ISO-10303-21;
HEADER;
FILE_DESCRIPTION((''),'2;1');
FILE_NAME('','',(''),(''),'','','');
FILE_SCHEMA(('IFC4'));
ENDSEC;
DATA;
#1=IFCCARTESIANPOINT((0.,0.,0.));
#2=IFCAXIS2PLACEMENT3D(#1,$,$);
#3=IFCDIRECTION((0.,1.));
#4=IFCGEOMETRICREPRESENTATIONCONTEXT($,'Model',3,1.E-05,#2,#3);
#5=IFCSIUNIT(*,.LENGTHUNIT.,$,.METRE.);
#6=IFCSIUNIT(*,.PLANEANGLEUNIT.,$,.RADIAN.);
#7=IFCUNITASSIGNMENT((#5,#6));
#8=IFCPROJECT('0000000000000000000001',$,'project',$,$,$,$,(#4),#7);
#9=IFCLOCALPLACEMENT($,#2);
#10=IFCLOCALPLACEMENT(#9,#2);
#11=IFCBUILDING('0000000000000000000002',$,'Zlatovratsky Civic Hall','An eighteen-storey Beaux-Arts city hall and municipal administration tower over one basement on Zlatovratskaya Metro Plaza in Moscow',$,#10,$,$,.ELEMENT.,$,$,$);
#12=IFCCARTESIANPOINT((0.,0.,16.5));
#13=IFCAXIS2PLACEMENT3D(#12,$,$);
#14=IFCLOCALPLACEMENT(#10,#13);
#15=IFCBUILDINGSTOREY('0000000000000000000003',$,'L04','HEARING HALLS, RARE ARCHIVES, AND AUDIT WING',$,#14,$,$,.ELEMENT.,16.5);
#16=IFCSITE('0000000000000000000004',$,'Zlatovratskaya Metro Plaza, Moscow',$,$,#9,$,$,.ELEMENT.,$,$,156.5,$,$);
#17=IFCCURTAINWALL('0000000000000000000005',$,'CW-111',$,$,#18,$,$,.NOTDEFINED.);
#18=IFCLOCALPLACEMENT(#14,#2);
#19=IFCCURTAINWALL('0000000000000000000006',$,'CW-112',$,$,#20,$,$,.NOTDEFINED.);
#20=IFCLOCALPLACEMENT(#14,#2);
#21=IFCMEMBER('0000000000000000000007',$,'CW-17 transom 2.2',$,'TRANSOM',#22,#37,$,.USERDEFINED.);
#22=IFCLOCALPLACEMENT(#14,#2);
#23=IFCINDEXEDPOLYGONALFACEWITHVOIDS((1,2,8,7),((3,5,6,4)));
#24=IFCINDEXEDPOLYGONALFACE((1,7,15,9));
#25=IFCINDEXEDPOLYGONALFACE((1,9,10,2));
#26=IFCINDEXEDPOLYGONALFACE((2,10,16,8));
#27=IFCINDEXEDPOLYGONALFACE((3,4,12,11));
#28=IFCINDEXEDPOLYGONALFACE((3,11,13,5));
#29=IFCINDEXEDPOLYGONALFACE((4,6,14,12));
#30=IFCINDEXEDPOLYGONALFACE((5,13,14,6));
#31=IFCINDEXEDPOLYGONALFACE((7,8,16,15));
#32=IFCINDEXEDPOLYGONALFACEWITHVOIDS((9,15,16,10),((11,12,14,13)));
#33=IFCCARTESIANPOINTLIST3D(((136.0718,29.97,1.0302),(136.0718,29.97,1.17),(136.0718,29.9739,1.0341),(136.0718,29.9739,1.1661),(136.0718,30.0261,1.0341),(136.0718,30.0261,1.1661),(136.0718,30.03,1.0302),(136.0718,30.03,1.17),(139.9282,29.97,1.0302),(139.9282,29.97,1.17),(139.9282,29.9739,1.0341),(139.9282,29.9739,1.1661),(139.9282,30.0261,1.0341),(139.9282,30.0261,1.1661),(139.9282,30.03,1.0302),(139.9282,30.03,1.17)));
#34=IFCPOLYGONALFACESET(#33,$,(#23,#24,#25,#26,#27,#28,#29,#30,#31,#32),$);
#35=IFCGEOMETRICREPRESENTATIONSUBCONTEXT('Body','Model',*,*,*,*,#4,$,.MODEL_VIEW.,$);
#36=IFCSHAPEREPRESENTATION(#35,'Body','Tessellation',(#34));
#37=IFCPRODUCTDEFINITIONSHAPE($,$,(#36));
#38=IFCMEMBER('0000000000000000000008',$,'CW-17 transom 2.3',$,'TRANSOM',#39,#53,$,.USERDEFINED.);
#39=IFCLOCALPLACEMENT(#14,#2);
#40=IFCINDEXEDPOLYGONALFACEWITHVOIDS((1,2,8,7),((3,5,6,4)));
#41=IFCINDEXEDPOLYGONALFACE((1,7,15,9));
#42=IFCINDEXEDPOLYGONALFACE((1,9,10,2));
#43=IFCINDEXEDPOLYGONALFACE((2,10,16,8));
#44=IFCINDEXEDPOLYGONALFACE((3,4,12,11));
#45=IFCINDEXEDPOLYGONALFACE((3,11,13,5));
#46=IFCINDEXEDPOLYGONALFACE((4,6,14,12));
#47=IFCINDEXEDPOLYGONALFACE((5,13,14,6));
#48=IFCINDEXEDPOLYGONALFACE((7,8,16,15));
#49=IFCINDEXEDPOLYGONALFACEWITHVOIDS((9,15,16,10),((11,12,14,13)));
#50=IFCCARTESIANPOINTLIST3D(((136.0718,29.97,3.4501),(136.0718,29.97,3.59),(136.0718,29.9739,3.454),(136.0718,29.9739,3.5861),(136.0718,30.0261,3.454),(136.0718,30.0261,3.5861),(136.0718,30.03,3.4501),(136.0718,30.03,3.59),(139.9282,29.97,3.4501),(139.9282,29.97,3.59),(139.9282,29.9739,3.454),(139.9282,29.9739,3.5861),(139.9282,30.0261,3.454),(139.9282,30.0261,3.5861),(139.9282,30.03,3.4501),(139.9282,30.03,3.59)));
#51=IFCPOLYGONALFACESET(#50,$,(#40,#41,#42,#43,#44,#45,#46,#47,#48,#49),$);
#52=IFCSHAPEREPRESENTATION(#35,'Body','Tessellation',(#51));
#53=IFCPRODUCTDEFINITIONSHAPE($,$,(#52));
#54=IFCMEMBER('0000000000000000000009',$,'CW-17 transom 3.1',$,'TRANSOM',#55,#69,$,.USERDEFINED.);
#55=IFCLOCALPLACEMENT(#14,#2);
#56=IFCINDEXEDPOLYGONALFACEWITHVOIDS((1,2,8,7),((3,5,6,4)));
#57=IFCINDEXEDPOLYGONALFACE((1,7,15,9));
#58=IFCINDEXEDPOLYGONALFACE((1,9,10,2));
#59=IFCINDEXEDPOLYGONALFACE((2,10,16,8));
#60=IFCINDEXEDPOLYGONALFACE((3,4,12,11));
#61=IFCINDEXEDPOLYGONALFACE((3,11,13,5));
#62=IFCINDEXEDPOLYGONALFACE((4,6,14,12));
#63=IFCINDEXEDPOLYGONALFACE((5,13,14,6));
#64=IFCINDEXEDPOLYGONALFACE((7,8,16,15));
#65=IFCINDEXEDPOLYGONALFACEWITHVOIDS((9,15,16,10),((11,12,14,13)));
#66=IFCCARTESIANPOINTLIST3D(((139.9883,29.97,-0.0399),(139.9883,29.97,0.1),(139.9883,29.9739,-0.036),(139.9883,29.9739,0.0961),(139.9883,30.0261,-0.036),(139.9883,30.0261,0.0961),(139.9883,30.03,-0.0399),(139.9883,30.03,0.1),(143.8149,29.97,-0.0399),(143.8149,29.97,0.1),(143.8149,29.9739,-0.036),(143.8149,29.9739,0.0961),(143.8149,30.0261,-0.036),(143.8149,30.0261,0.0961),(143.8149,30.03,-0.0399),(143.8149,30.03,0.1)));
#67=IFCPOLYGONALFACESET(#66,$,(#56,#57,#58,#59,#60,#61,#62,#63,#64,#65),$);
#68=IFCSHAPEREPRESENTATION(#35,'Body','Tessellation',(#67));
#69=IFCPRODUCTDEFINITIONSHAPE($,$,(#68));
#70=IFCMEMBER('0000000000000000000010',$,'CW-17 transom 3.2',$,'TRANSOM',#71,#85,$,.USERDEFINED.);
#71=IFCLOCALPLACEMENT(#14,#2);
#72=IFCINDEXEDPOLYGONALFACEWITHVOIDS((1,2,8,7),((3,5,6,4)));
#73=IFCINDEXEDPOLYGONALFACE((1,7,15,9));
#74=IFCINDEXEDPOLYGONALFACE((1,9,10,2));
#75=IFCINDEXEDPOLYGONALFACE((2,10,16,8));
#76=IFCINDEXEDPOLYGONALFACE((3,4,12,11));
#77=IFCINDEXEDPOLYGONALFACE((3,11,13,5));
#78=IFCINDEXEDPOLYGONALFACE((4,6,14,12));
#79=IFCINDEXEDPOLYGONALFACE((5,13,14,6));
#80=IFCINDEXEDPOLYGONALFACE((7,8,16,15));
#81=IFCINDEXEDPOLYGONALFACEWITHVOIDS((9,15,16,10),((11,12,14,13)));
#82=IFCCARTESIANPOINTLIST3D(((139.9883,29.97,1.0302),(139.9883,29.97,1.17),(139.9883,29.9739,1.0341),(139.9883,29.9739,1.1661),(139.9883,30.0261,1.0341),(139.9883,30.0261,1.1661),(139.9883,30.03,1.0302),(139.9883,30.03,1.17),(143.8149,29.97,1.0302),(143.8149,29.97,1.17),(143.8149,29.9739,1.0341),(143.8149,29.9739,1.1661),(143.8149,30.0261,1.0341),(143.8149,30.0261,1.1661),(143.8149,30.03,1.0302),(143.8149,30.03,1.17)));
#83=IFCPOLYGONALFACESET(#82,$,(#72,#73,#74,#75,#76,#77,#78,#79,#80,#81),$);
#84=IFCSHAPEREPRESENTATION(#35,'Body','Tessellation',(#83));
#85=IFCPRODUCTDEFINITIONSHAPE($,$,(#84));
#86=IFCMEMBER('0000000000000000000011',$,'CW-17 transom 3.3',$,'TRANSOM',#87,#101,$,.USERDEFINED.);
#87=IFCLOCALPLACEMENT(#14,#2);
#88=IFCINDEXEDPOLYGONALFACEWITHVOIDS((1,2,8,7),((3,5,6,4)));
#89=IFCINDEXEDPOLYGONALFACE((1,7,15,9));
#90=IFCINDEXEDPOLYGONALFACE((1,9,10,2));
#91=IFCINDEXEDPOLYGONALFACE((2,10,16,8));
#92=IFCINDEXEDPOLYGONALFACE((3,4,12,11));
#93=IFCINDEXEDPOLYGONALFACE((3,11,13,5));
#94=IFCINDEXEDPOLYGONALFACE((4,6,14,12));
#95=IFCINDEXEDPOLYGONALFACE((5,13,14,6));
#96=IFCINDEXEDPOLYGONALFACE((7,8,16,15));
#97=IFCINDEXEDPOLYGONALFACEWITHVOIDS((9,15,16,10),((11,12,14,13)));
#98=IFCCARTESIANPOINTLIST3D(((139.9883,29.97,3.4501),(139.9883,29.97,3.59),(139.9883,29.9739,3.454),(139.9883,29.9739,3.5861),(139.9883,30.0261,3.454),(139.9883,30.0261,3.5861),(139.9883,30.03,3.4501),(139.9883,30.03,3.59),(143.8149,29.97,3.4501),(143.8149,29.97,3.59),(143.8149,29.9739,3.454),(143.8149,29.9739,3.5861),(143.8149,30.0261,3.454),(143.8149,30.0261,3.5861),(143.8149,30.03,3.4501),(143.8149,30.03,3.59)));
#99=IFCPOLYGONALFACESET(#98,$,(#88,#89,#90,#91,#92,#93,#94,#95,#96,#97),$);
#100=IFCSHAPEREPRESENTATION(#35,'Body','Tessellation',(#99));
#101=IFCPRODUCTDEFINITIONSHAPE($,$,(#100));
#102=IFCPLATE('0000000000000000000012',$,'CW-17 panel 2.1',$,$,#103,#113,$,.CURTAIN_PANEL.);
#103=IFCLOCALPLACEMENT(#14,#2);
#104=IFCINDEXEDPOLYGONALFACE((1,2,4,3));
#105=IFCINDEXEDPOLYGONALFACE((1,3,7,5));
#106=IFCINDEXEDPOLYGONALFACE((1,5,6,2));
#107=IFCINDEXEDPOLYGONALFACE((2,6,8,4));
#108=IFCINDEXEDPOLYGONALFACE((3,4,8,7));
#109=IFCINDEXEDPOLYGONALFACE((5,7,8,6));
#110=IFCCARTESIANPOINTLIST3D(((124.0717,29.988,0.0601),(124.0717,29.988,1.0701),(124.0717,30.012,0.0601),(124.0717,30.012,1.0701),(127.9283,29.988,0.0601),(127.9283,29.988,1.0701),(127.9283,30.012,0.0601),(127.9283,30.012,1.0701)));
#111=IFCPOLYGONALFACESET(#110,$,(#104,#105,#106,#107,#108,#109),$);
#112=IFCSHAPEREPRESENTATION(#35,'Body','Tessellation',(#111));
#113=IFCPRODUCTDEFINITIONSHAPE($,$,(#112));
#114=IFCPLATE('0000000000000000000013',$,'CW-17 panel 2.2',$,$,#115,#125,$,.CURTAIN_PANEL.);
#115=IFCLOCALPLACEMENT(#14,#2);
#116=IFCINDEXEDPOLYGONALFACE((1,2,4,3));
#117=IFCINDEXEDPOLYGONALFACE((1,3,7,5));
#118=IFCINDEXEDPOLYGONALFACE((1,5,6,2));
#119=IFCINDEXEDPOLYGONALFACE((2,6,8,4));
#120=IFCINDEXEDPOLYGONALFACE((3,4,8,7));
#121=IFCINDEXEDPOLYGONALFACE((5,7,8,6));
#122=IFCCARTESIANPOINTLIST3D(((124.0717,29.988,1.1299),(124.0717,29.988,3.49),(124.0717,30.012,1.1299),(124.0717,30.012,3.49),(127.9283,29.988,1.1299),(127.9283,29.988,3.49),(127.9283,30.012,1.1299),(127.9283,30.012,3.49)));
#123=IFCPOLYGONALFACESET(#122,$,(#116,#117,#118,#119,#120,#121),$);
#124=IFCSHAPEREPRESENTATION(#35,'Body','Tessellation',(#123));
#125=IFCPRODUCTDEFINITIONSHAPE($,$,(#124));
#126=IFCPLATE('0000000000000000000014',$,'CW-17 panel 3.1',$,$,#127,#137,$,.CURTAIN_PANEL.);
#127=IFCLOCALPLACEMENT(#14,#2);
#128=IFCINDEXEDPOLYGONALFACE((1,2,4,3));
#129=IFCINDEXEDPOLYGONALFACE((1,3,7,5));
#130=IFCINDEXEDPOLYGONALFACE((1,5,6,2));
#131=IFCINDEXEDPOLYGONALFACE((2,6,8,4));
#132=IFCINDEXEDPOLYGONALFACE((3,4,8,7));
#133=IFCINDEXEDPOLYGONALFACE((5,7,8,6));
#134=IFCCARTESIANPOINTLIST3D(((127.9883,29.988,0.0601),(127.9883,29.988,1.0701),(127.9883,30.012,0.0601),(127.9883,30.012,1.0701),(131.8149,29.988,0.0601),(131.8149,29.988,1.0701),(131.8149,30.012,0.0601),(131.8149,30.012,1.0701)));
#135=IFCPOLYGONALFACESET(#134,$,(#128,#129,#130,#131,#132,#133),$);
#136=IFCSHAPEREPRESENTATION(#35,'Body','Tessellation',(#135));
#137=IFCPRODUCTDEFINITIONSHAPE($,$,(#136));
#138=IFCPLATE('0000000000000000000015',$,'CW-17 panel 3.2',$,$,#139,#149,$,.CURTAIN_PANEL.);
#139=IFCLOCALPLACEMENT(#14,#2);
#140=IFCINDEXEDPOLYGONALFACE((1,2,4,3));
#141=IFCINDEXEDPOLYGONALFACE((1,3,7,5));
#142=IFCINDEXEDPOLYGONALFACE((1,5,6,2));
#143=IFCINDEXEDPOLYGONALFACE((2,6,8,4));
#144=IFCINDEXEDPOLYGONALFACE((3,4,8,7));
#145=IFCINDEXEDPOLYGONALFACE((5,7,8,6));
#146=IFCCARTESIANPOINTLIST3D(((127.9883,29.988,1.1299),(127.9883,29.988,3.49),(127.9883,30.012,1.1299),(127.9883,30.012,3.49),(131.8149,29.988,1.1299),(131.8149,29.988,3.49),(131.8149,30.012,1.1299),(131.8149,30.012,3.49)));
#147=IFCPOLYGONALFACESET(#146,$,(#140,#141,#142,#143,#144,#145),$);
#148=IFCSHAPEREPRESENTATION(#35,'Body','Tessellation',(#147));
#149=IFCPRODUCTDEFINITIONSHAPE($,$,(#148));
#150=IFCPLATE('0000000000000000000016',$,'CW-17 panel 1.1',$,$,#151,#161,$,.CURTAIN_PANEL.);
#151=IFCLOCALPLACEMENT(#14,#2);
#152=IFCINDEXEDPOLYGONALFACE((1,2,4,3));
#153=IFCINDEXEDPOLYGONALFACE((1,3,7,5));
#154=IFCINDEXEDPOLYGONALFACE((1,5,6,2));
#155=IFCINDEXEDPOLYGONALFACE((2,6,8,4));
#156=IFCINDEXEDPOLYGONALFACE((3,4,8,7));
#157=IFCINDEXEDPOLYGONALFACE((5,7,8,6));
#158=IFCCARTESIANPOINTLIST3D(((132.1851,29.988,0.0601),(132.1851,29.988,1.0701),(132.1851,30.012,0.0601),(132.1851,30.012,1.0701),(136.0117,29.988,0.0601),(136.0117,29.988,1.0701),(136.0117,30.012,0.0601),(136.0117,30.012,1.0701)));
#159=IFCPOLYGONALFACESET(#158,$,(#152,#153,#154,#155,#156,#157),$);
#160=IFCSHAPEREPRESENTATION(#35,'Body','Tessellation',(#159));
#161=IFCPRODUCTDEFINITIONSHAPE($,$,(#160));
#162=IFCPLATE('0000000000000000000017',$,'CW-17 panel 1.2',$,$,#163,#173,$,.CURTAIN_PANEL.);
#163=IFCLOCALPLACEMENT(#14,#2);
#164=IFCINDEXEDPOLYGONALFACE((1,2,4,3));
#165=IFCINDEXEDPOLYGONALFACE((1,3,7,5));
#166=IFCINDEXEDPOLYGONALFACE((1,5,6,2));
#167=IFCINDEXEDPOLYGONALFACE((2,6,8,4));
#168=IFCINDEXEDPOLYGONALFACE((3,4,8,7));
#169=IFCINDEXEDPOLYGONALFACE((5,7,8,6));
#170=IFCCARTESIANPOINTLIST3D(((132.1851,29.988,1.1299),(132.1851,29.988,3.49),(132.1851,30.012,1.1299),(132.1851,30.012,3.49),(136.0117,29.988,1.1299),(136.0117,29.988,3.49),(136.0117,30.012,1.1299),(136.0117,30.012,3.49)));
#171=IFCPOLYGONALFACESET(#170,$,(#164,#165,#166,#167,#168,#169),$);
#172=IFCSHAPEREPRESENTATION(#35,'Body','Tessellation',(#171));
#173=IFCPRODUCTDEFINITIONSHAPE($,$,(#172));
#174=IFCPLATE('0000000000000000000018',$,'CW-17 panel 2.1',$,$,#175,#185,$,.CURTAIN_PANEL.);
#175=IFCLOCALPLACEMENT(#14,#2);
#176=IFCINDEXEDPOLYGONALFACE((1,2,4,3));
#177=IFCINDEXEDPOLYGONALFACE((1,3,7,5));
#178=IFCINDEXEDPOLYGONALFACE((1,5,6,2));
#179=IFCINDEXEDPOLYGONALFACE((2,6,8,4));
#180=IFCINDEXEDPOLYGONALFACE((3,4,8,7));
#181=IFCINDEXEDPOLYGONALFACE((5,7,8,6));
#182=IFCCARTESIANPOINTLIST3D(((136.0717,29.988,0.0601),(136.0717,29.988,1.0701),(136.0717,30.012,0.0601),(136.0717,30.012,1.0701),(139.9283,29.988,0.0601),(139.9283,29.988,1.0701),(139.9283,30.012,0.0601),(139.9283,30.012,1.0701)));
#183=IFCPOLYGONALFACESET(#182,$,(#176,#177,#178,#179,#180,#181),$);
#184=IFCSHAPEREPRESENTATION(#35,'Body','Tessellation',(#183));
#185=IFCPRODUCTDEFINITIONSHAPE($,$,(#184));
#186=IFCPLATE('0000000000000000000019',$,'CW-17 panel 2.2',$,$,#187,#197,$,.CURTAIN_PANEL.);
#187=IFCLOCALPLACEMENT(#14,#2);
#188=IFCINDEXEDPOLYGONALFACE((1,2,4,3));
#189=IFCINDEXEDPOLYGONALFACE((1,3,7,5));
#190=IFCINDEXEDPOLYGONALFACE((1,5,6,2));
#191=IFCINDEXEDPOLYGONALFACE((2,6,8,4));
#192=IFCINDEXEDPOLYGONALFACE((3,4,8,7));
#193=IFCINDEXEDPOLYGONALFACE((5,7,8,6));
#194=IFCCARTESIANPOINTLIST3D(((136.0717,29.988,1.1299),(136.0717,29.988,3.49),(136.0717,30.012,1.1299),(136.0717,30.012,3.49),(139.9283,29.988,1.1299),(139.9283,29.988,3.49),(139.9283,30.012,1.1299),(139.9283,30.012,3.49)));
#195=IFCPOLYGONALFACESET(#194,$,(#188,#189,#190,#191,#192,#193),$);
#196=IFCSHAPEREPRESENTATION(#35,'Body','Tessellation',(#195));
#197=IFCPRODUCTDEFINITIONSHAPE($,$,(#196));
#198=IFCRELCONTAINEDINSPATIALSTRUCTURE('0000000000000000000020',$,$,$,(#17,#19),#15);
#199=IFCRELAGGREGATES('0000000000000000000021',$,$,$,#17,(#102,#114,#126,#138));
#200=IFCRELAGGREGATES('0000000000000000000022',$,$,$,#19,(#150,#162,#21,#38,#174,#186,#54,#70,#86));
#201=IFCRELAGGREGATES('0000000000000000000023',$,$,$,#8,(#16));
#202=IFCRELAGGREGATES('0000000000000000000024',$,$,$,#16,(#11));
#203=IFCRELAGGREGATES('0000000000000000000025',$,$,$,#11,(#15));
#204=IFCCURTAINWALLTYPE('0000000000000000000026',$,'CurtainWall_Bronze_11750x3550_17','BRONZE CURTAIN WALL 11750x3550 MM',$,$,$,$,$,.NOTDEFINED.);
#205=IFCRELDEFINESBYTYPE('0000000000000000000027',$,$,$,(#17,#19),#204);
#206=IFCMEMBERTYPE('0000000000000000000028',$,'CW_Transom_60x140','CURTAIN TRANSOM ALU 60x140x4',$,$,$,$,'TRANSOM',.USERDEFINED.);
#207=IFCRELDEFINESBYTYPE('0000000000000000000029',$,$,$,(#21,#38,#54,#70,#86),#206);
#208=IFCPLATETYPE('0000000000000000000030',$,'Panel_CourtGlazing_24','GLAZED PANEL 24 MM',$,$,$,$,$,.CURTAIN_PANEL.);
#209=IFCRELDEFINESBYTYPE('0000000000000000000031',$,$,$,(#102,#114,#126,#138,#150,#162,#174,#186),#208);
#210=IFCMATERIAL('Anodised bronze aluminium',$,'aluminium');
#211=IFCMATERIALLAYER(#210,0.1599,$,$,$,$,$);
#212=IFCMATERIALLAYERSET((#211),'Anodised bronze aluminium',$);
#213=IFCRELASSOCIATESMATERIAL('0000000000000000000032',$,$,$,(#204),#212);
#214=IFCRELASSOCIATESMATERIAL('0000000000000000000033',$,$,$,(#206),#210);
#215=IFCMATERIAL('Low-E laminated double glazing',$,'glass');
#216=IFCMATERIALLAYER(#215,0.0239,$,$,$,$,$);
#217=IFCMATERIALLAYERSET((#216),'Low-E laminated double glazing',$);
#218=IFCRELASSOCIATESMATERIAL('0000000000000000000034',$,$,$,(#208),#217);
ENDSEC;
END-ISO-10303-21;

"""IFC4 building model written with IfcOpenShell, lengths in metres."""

from ifc_helpers import new_model, si_unit, direction, frame, origin, origin_2d, place, context, subcontext, project, spatial, rectangle, hollow_rectangle, extrude, material, layer, layer_set, material_profile, profile_set, type_object, element, aggregate, save


model = new_model("IFC4")

# Units and contexts
model_context = context("Model", 3, precision=1e-05, world=origin(), true_north=direction((0.0, 1.0)))
body_context = subcontext(model_context, "Body", "Model", "MODEL_VIEW")
ifc_project = project(units=[si_unit("LENGTHUNIT", "METRE"), si_unit("PLANEANGLEUNIT", "RADIAN")], contexts=[model_context])

# Site, building, storey
site_placement = place(None, origin())
site = spatial("IfcSite", under=ifc_project, at=site_placement, Name="Zlatovratskaya Metro Plaza, Moscow", CompositionType="ELEMENT", RefElevation=156.5)
building_placement = place(site_placement, origin())
building = spatial("IfcBuilding", under=site, at=building_placement, Name="Zlatovratsky Civic Hall", Description="An eighteen-storey Beaux-Arts city hall and municipal administration tower over one basement on Zlatovratskaya Metro Plaza in Moscow", CompositionType="ELEMENT")
storey_placement = place(building_placement, frame((0.0, 0.0, 16.5)))
storey = spatial("IfcBuildingStorey", under=building, at=storey_placement, Name="L04", Description="HEARING HALLS, RARE ARCHIVES, AND AUDIT WING", CompositionType="ELEMENT", Elevation=16.5)

# Curtain walls
ifc_material_1 = material(Name="Anodised bronze aluminium", Category="aluminium")
ifc_layer_1 = layer(ifc_material_1, 0.1599)
ifc_layer_set_1 = layer_set([ifc_layer_1], Name="Anodised bronze aluminium")
curtain_wall_type = type_object("IfcCurtainWallType", Name="CurtainWall_Bronze_11750x3550_17", Description="BRONZE CURTAIN WALL 11750x3550 MM", PredefinedType="NOTDEFINED", material=ifc_layer_set_1)
curtain_wall_1_placement = place(storey_placement, origin())
curtain_wall_1 = element("IfcCurtainWall", 1, at=curtain_wall_1_placement, inside=storey, type_object=curtain_wall_type, Name="CW-111", PredefinedType="NOTDEFINED")
curtain_wall_2_placement = place(storey_placement, origin())
curtain_wall_2 = element("IfcCurtainWall", 2, at=curtain_wall_2_placement, inside=storey, type_object=curtain_wall_type, Name="CW-112", PredefinedType="NOTDEFINED")

# Members
ifc_material_profile_1 = material_profile(ifc_material_1, hollow_rectangle(XDim=0.0601, YDim=0.1399, WallThickness=0.0039, at=origin_2d()), Name="ALU 60x140x4")
ifc_profile_set_1 = profile_set([ifc_material_profile_1], Name="Anodised bronze aluminium")
member_type_1 = type_object("IfcMemberType", Name="CW_Transom_60x140", Description="CURTAIN TRANSOM ALU 60x140x4", ElementType="TRANSOM", PredefinedType="USERDEFINED", material=ifc_profile_set_1)
member_1_placement = place(storey_placement, frame((136.0718, 30.0, 1.1001), z_axis=(1.0, 0.0, 0.0), x_axis=(0.0, 1.0, 0.0)))
member_1 = element("IfcMember", 3, at=member_1_placement, type_object=member_type_1, Name="CW-17 transom 2.2", ObjectType="TRANSOM", PredefinedType="USERDEFINED", context=body_context, shape_type="SweptSolid", body=[
    extrude(hollow_rectangle(XDim=0.0601, YDim=0.1399, WallThickness=0.0039, at=origin_2d()), origin(), (0.0, 0.0, 1.0), 3.8564),
])
member_2_placement = place(storey_placement, frame((136.0718, 30.0, 3.52), z_axis=(1.0, 0.0, 0.0), x_axis=(0.0, 1.0, 0.0)))
member_2 = element("IfcMember", 4, at=member_2_placement, type_object=member_type_1, Name="CW-17 transom 2.3", ObjectType="TRANSOM", PredefinedType="USERDEFINED", context=body_context, shape_type="SweptSolid", body=[
    extrude(hollow_rectangle(XDim=0.0601, YDim=0.1399, WallThickness=0.0039, at=origin_2d()), origin(), (0.0, 0.0, 1.0), 3.8564),
])
member_3_placement = place(storey_placement, frame((139.9883, 30.0, 0.03), z_axis=(1.0, 0.0, 0.0), x_axis=(0.0, 1.0, 0.0)))
member_3 = element("IfcMember", 5, at=member_3_placement, type_object=member_type_1, Name="CW-17 transom 3.1", ObjectType="TRANSOM", PredefinedType="USERDEFINED", context=body_context, shape_type="SweptSolid", body=[
    extrude(hollow_rectangle(XDim=0.0601, YDim=0.1399, WallThickness=0.0039, at=origin_2d()), origin(), (0.0, 0.0, 1.0), 3.8267),
])
member_4_placement = place(storey_placement, frame((139.9883, 30.0, 1.1001), z_axis=(1.0, 0.0, 0.0), x_axis=(0.0, 1.0, 0.0)))
member_4 = element("IfcMember", 6, at=member_4_placement, type_object=member_type_1, Name="CW-17 transom 3.2", ObjectType="TRANSOM", PredefinedType="USERDEFINED", context=body_context, shape_type="SweptSolid", body=[
    extrude(hollow_rectangle(XDim=0.0601, YDim=0.1399, WallThickness=0.0039, at=origin_2d()), origin(), (0.0, 0.0, 1.0), 3.8267),
])
member_5_placement = place(storey_placement, frame((139.9883, 30.0, 3.52), z_axis=(1.0, 0.0, 0.0), x_axis=(0.0, 1.0, 0.0)))
member_5 = element("IfcMember", 7, at=member_5_placement, type_object=member_type_1, Name="CW-17 transom 3.3", ObjectType="TRANSOM", PredefinedType="USERDEFINED", context=body_context, shape_type="SweptSolid", body=[
    extrude(hollow_rectangle(XDim=0.0601, YDim=0.1399, WallThickness=0.0039, at=origin_2d()), origin(), (0.0, 0.0, 1.0), 3.8267),
])

# Plates
ifc_material_2 = material(Name="Low-E laminated double glazing", Category="glass")
ifc_layer_2 = layer(ifc_material_2, 0.0239)
ifc_layer_set_2 = layer_set([ifc_layer_2], Name="Low-E laminated double glazing")
plate_type = type_object("IfcPlateType", Name="Panel_CourtGlazing_24", Description="GLAZED PANEL 24 MM", PredefinedType="CURTAIN_PANEL", material=ifc_layer_set_2)
plate_1_placement = place(storey_placement, frame((126.0, 30.0, 0.0601), z_axis=(0.0, 0.0, 1.0), x_axis=(1.0, 0.0, 0.0)))
plate_1 = element("IfcPlate", 8, at=plate_1_placement, type_object=plate_type, Name="CW-17 panel 2.1", PredefinedType="CURTAIN_PANEL", context=body_context, shape_type="SweptSolid", body=[
    extrude(rectangle(XDim=3.8567, YDim=0.0239, at=origin_2d()), origin(), (0.0, 0.0, 1.0), 1.01),
])
plate_2_placement = place(storey_placement, frame((126.0, 30.0, 1.1299), z_axis=(0.0, 0.0, 1.0), x_axis=(1.0, 0.0, 0.0)))
plate_2 = element("IfcPlate", 9, at=plate_2_placement, type_object=plate_type, Name="CW-17 panel 2.2", PredefinedType="CURTAIN_PANEL", context=body_context, shape_type="SweptSolid", body=[
    extrude(rectangle(XDim=3.8567, YDim=0.0239, at=origin_2d()), origin(), (0.0, 0.0, 1.0), 2.3601),
])
plate_3_placement = place(storey_placement, frame((129.9016, 30.0, 0.0601), z_axis=(0.0, 0.0, 1.0), x_axis=(1.0, 0.0, 0.0)))
plate_3 = element("IfcPlate", 10, at=plate_3_placement, type_object=plate_type, Name="CW-17 panel 3.1", PredefinedType="CURTAIN_PANEL", context=body_context, shape_type="SweptSolid", body=[
    extrude(rectangle(XDim=3.8267, YDim=0.0239, at=origin_2d()), origin(), (0.0, 0.0, 1.0), 1.01),
])
plate_4_placement = place(storey_placement, frame((129.9016, 30.0, 1.1299), z_axis=(0.0, 0.0, 1.0), x_axis=(1.0, 0.0, 0.0)))
plate_4 = element("IfcPlate", 11, at=plate_4_placement, type_object=plate_type, Name="CW-17 panel 3.2", PredefinedType="CURTAIN_PANEL", context=body_context, shape_type="SweptSolid", body=[
    extrude(rectangle(XDim=3.8267, YDim=0.0239, at=origin_2d()), origin(), (0.0, 0.0, 1.0), 2.3601),
])
aggregate(curtain_wall_1, [plate_1, plate_2, plate_3, plate_4])
plate_5_placement = place(storey_placement, frame((134.0984, 30.0, 0.0601), z_axis=(0.0, 0.0, 1.0), x_axis=(1.0, 0.0, 0.0)))
plate_5 = element("IfcPlate", 12, at=plate_5_placement, type_object=plate_type, Name="CW-17 panel 1.1", PredefinedType="CURTAIN_PANEL", context=body_context, shape_type="SweptSolid", body=[
    extrude(rectangle(XDim=3.8267, YDim=0.0239, at=origin_2d()), origin(), (0.0, 0.0, 1.0), 1.01),
])
plate_6_placement = place(storey_placement, frame((134.0984, 30.0, 1.1299), z_axis=(0.0, 0.0, 1.0), x_axis=(1.0, 0.0, 0.0)))
plate_6 = element("IfcPlate", 13, at=plate_6_placement, type_object=plate_type, Name="CW-17 panel 1.2", PredefinedType="CURTAIN_PANEL", context=body_context, shape_type="SweptSolid", body=[
    extrude(rectangle(XDim=3.8267, YDim=0.0239, at=origin_2d()), origin(), (0.0, 0.0, 1.0), 2.3601),
])
plate_7_placement = place(storey_placement, frame((138.0, 30.0, 0.0601), z_axis=(0.0, 0.0, 1.0), x_axis=(1.0, 0.0, 0.0)))
plate_7 = element("IfcPlate", 14, at=plate_7_placement, type_object=plate_type, Name="CW-17 panel 2.1", PredefinedType="CURTAIN_PANEL", context=body_context, shape_type="SweptSolid", body=[
    extrude(rectangle(XDim=3.8567, YDim=0.0239, at=origin_2d()), origin(), (0.0, 0.0, 1.0), 1.01),
])
plate_8_placement = place(storey_placement, frame((138.0, 30.0, 1.1299), z_axis=(0.0, 0.0, 1.0), x_axis=(1.0, 0.0, 0.0)))
plate_8 = element("IfcPlate", 15, at=plate_8_placement, type_object=plate_type, Name="CW-17 panel 2.2", PredefinedType="CURTAIN_PANEL", context=body_context, shape_type="SweptSolid", body=[
    extrude(rectangle(XDim=3.8567, YDim=0.0239, at=origin_2d()), origin(), (0.0, 0.0, 1.0), 2.3601),
])
aggregate(curtain_wall_2, [plate_5, plate_6, member_1, member_2, plate_7, plate_8, member_3, member_4, member_5])

save(model, "model.ifc")
